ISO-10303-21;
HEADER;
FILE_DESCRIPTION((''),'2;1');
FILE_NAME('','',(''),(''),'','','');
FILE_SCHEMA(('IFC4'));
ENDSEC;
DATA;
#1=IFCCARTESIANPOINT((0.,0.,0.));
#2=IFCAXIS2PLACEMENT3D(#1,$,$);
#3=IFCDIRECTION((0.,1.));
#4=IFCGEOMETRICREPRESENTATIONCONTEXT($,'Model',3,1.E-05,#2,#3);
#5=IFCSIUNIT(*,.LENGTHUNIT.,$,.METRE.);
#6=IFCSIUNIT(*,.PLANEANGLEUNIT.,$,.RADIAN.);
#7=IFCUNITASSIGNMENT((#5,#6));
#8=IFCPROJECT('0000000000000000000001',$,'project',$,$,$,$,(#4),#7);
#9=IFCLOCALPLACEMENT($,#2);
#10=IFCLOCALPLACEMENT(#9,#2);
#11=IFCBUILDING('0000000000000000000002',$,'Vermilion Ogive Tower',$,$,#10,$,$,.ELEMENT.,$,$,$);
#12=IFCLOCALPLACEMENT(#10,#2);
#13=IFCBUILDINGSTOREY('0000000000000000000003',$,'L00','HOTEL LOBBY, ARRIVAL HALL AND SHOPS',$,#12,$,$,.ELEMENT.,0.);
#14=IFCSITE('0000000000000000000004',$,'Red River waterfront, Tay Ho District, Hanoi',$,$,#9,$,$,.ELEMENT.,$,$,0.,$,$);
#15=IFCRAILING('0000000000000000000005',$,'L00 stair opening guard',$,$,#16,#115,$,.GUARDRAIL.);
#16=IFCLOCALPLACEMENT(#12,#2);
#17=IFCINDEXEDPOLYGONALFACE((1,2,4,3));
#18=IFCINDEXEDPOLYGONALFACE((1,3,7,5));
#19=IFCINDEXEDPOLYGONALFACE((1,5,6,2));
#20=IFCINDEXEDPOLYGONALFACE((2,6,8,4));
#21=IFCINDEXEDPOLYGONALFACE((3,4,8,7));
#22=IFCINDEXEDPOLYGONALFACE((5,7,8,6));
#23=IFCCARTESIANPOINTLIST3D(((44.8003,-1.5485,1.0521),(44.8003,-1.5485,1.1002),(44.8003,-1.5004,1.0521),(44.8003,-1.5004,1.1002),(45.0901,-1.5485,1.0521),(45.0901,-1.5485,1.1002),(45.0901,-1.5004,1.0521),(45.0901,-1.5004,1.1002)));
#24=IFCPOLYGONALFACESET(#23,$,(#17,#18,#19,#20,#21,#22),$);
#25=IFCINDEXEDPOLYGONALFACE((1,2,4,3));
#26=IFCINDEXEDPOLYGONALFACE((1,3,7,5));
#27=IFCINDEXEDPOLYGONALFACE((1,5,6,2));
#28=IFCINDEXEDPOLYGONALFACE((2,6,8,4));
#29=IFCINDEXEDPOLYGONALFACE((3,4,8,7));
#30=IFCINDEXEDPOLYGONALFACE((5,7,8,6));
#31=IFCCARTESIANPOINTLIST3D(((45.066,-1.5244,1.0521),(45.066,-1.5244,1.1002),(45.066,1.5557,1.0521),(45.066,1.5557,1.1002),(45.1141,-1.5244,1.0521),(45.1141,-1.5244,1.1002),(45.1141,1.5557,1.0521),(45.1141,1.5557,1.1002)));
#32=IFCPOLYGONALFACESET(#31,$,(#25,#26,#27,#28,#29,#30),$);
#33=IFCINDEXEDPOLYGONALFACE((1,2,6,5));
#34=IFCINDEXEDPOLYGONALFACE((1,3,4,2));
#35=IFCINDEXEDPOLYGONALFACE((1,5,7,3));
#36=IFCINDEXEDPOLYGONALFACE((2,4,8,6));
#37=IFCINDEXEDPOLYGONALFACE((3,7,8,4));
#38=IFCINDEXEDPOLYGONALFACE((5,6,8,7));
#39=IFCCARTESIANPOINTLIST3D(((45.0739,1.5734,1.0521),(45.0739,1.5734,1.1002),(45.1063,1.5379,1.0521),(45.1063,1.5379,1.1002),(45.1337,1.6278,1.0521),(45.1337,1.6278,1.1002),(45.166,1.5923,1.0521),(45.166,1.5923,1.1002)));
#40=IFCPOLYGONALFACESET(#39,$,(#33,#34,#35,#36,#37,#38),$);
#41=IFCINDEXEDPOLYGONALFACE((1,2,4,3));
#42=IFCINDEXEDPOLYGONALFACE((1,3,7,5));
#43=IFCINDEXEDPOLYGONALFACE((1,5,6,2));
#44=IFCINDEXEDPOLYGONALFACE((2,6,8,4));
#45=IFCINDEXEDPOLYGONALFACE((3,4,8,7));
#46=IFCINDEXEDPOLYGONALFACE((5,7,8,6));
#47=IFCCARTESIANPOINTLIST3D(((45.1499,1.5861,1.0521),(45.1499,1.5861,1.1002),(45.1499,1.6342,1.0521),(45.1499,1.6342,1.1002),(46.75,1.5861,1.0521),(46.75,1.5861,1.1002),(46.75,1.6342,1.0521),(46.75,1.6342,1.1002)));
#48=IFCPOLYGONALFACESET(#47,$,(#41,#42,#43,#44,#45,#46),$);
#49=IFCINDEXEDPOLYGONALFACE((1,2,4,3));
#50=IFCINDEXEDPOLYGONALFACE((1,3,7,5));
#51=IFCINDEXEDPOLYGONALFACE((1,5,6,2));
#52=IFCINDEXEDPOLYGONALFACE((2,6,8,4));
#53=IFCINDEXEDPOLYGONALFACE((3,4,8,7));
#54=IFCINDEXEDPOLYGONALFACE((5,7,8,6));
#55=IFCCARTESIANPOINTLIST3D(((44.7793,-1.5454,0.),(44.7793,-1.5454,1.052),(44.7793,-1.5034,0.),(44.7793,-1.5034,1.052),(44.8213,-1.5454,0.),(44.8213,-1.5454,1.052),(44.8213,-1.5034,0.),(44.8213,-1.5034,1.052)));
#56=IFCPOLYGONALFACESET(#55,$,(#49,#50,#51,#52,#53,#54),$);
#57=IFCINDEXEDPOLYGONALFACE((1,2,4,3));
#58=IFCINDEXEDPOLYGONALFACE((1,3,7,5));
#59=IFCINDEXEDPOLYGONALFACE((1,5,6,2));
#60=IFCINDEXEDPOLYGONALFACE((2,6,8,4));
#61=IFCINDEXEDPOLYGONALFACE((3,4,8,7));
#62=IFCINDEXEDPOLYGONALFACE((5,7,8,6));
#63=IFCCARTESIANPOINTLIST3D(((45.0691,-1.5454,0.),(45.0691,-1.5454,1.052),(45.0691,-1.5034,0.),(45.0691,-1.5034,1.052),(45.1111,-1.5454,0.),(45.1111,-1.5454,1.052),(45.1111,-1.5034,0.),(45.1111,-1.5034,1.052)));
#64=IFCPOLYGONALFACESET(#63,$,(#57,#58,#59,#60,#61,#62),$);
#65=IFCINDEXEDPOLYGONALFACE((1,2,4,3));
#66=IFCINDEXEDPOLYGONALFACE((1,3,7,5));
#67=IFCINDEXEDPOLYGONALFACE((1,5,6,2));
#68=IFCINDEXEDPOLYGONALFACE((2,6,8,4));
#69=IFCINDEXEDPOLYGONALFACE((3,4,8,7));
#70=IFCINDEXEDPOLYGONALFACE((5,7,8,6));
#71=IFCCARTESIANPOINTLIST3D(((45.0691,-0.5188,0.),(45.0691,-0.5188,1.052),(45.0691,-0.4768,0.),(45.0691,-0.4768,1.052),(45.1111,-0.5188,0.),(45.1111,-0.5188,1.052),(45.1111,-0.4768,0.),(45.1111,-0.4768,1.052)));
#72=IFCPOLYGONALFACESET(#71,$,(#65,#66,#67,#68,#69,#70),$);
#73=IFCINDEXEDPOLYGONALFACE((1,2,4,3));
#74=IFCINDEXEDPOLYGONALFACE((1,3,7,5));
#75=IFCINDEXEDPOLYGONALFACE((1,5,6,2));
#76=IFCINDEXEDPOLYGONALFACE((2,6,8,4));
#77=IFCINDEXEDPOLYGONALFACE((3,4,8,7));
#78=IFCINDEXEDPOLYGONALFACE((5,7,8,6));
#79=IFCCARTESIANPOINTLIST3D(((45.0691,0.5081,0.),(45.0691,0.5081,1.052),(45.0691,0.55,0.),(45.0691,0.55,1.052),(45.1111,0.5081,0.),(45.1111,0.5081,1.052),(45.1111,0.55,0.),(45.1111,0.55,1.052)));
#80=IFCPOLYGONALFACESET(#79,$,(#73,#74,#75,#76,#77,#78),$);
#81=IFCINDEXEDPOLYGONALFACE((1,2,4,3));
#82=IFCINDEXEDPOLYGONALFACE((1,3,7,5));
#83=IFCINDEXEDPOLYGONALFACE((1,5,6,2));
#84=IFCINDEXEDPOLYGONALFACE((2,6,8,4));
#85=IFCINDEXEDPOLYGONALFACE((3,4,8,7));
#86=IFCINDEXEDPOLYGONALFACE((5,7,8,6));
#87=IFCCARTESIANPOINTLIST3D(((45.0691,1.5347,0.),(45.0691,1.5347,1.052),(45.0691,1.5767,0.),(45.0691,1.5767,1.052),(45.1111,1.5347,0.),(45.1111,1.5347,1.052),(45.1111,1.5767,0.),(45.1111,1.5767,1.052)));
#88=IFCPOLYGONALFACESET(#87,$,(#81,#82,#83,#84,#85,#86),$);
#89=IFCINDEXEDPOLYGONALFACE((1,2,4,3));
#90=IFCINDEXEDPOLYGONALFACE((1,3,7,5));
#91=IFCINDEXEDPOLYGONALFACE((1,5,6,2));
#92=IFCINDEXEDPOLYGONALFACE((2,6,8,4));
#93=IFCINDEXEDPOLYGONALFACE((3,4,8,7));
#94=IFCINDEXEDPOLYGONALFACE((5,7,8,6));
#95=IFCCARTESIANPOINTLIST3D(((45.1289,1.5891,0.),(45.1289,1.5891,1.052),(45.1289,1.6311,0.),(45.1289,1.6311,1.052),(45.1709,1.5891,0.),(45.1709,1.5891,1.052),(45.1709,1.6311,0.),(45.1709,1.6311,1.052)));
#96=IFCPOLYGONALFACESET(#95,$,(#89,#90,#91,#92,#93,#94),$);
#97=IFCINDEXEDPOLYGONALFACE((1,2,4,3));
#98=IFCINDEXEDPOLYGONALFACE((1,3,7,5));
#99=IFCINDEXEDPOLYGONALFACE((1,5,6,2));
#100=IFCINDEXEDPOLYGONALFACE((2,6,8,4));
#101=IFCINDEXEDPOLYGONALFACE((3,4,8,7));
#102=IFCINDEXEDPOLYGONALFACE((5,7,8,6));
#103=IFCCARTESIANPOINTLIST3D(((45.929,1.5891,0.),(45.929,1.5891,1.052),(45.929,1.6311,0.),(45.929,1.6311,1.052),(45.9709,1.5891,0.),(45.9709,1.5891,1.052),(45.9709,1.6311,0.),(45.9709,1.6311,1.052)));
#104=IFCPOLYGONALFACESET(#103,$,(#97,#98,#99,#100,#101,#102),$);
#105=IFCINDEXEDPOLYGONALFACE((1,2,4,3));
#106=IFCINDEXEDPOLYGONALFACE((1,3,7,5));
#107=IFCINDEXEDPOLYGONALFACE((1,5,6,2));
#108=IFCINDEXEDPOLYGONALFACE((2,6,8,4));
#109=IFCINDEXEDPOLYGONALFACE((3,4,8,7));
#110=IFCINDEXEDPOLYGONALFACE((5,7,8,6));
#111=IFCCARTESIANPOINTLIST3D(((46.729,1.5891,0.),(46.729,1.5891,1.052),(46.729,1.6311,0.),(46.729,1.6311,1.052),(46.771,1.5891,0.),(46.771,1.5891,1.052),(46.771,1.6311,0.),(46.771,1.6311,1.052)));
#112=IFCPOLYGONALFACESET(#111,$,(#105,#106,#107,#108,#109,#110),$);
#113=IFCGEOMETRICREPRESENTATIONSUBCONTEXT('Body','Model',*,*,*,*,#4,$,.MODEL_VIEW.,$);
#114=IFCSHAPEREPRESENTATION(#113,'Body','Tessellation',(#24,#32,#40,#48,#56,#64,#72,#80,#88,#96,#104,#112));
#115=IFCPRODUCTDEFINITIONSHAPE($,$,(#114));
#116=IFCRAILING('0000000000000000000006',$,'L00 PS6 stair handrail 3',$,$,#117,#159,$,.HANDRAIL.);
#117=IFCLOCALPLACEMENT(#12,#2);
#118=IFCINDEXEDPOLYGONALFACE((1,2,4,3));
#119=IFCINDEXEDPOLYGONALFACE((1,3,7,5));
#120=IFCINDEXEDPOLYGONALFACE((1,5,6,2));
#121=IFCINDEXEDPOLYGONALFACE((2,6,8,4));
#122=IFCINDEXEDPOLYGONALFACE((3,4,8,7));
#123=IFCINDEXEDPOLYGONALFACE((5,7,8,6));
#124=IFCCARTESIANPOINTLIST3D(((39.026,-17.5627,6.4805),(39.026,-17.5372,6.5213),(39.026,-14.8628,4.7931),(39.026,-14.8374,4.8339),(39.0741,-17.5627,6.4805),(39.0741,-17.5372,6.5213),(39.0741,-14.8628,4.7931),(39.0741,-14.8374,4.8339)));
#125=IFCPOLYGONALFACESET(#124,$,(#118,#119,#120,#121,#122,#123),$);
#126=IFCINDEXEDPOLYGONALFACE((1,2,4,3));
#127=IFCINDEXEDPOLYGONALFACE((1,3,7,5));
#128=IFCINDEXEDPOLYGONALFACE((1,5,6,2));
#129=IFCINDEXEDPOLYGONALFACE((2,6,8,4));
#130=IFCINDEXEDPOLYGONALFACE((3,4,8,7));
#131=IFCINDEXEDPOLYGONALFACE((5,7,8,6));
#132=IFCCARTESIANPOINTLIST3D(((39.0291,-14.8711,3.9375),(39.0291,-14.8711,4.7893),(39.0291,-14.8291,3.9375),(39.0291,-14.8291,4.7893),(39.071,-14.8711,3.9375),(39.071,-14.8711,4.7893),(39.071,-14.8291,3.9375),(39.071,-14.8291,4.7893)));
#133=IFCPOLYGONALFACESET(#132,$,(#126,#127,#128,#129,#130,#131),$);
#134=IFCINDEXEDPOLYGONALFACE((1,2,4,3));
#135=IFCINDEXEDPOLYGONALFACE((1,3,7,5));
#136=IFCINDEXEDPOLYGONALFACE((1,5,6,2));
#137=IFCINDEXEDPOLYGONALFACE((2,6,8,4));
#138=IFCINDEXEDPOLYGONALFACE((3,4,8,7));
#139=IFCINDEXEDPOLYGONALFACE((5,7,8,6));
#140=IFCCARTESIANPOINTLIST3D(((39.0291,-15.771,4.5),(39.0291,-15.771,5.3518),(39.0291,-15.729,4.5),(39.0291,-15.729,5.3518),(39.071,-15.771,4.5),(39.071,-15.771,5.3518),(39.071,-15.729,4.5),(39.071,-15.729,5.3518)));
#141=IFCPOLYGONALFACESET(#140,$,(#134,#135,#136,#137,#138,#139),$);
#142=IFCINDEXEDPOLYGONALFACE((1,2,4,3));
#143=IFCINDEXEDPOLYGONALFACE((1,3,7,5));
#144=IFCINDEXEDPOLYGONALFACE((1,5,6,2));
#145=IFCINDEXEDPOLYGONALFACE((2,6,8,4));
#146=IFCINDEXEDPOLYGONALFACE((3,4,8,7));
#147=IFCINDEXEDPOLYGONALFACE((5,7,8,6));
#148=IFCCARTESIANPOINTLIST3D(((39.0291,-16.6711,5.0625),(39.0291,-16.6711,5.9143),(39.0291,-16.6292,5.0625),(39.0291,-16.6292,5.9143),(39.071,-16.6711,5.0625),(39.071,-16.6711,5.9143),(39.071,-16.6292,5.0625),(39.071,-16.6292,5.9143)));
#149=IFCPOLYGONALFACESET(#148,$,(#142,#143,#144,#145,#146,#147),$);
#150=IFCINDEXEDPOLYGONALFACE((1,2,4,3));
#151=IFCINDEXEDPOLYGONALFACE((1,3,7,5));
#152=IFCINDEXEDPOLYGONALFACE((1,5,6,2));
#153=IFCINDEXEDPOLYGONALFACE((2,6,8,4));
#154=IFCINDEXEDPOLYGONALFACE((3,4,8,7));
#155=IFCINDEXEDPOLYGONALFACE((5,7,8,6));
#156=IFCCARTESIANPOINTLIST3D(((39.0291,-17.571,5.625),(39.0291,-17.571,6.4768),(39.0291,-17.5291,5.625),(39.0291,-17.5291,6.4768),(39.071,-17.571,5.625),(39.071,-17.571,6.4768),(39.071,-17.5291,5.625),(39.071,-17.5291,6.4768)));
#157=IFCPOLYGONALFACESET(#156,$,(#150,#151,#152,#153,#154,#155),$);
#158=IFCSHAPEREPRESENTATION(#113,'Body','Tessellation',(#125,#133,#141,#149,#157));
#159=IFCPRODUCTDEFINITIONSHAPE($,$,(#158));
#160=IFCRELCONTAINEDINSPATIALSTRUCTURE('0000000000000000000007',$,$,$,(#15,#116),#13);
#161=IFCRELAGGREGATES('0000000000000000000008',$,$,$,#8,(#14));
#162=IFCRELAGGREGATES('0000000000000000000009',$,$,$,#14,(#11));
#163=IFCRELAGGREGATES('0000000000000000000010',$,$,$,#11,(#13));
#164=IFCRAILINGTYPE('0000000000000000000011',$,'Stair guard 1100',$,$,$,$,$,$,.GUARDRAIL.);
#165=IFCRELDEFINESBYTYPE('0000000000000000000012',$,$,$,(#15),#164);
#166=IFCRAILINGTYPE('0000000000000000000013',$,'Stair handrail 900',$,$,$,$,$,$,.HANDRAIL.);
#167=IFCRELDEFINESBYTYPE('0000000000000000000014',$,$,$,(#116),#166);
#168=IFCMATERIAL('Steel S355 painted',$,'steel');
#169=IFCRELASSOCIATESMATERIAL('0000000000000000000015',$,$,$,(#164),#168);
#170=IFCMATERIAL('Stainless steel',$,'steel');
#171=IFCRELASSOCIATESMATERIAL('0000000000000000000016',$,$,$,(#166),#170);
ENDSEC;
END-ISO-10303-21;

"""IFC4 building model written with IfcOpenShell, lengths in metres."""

from ifc_helpers import new_model, si_unit, direction, frame, origin, origin_2d, place, context, subcontext, project, spatial, rectangle, extrude, material, type_object, element, save


model = new_model("IFC4")

# Units and contexts
model_context = context("Model", 3, precision=1e-05, world=origin(), true_north=direction((0.0, 1.0)))
body_context = subcontext(model_context, "Body", "Model", "MODEL_VIEW")
ifc_project = project(units=[si_unit("LENGTHUNIT", "METRE"), si_unit("PLANEANGLEUNIT", "RADIAN")], contexts=[model_context])

# Site, building, storey
site_placement = place(None, origin())
site = spatial("IfcSite", under=ifc_project, at=site_placement, Name="Red River waterfront, Tay Ho District, Hanoi", CompositionType="ELEMENT", RefElevation=0.0)
building_placement = place(site_placement, origin())
building = spatial("IfcBuilding", under=site, at=building_placement, Name="Vermilion Ogive Tower", CompositionType="ELEMENT")
storey_placement = place(building_placement, origin())
storey = spatial("IfcBuildingStorey", under=building, at=storey_placement, Name="L00", Description="HOTEL LOBBY, ARRIVAL HALL AND SHOPS", CompositionType="ELEMENT", Elevation=0.0)

# Railings
ifc_material_1 = material(Name="Steel S355 painted", Category="steel")
railing_type_1 = type_object("IfcRailingType", Name="Stair guard 1100", PredefinedType="GUARDRAIL", material=ifc_material_1)
railing_1_placement = place(storey_placement, frame((44.8003, -1.5244, 0.0)))
element("IfcRailing", 1, at=railing_1_placement, inside=storey, type_object=railing_type_1, Name="L00 stair opening guard", PredefinedType="GUARDRAIL", context=body_context, shape_type="SweptSolid", body=[
    extrude(rectangle(XDim=0.0481, YDim=0.0481, at=origin_2d()), frame((0.0, 0.0, 1.0762), z_axis=(1.0, 0.0, 0.0), x_axis=(0.0, 1.0, 0.0)), (0.0, 0.0, 1.0), 0.2898),
    extrude(rectangle(XDim=0.0481, YDim=0.0481, at=origin_2d()), frame((0.2898, 0.0, 1.0762), z_axis=(0.0, 1.0, 0.0), x_axis=(-1.0, 0.0, 0.0)), (0.0, 0.0, 1.0), 3.0801),
    extrude(rectangle(XDim=0.0481, YDim=0.0481, at=origin_2d()), frame((0.2898, 3.0801, 1.0762), z_axis=(0.73953, 0.673123, 0.0), x_axis=(-0.673123, 0.73953, 0.0)), (0.0, 0.0, 1.0), 0.0808),
    extrude(rectangle(XDim=0.0481, YDim=0.0481, at=origin_2d()), frame((0.3496, 3.1345, 1.0762), z_axis=(1.0, 0.0, 0.0), x_axis=(0.0, 1.0, 0.0)), (0.0, 0.0, 1.0), 1.6001),
    extrude(rectangle(XDim=0.042, YDim=0.042, at=origin_2d()), origin(), (0.0, 0.0, 1.0), 1.052),
    extrude(rectangle(XDim=0.042, YDim=0.042, at=origin_2d()), frame((0.2898, 0.0, 0.0)), (0.0, 0.0, 1.0), 1.052),
    extrude(rectangle(XDim=0.042, YDim=0.042, at=origin_2d()), frame((0.2898, 1.0266, 0.0)), (0.0, 0.0, 1.0), 1.052),
    extrude(rectangle(XDim=0.042, YDim=0.042, at=origin_2d()), frame((0.2898, 2.0535, 0.0)), (0.0, 0.0, 1.0), 1.052),
    extrude(rectangle(XDim=0.042, YDim=0.042, at=origin_2d()), frame((0.2898, 3.0801, 0.0)), (0.0, 0.0, 1.0), 1.052),
    extrude(rectangle(XDim=0.042, YDim=0.042, at=origin_2d()), frame((0.3496, 3.1345, 0.0)), (0.0, 0.0, 1.0), 1.052),
    extrude(rectangle(XDim=0.042, YDim=0.042, at=origin_2d()), frame((1.1497, 3.1345, 0.0)), (0.0, 0.0, 1.0), 1.052),
    extrude(rectangle(XDim=0.042, YDim=0.042, at=origin_2d()), frame((1.9497, 3.1345, 0.0)), (0.0, 0.0, 1.0), 1.052),
])
ifc_material_2 = material(Name="Stainless steel", Category="steel")
railing_type_2 = type_object("IfcRailingType", Name="Stair handrail 900", PredefinedType="HANDRAIL", material=ifc_material_2)
railing_2_placement = place(storey_placement, frame((39.05, -14.8501, 3.9375)))
element("IfcRailing", 2, at=railing_2_placement, inside=storey, type_object=railing_type_2, Name="L00 PS6 stair handrail 3", PredefinedType="HANDRAIL", context=body_context, shape_type="SweptSolid", body=[
    extrude(rectangle(XDim=0.0481, YDim=0.0481, at=origin_2d()), frame((0.0, 0.0, 0.876), z_axis=(0.0, -0.847994, 0.530006), x_axis=(1.0, 0.0, 0.0)), (0.0, 0.0, 1.0), 3.1838),
    extrude(rectangle(XDim=0.042, YDim=0.042, at=origin_2d()), origin(), (0.0, 0.0, 1.0), 0.8518),
    extrude(rectangle(XDim=0.042, YDim=0.042, at=origin_2d()), frame((0.0, -0.8999, 0.5625)), (0.0, 0.0, 1.0), 0.8518),
    extrude(rectangle(XDim=0.042, YDim=0.042, at=origin_2d()), frame((0.0, -1.8, 1.125)), (0.0, 0.0, 1.0), 0.8518),
    extrude(rectangle(XDim=0.042, YDim=0.042, at=origin_2d()), frame((0.0, -2.7, 1.6875)), (0.0, 0.0, 1.0), 0.8518),
])

save(model, "model.ifc")
